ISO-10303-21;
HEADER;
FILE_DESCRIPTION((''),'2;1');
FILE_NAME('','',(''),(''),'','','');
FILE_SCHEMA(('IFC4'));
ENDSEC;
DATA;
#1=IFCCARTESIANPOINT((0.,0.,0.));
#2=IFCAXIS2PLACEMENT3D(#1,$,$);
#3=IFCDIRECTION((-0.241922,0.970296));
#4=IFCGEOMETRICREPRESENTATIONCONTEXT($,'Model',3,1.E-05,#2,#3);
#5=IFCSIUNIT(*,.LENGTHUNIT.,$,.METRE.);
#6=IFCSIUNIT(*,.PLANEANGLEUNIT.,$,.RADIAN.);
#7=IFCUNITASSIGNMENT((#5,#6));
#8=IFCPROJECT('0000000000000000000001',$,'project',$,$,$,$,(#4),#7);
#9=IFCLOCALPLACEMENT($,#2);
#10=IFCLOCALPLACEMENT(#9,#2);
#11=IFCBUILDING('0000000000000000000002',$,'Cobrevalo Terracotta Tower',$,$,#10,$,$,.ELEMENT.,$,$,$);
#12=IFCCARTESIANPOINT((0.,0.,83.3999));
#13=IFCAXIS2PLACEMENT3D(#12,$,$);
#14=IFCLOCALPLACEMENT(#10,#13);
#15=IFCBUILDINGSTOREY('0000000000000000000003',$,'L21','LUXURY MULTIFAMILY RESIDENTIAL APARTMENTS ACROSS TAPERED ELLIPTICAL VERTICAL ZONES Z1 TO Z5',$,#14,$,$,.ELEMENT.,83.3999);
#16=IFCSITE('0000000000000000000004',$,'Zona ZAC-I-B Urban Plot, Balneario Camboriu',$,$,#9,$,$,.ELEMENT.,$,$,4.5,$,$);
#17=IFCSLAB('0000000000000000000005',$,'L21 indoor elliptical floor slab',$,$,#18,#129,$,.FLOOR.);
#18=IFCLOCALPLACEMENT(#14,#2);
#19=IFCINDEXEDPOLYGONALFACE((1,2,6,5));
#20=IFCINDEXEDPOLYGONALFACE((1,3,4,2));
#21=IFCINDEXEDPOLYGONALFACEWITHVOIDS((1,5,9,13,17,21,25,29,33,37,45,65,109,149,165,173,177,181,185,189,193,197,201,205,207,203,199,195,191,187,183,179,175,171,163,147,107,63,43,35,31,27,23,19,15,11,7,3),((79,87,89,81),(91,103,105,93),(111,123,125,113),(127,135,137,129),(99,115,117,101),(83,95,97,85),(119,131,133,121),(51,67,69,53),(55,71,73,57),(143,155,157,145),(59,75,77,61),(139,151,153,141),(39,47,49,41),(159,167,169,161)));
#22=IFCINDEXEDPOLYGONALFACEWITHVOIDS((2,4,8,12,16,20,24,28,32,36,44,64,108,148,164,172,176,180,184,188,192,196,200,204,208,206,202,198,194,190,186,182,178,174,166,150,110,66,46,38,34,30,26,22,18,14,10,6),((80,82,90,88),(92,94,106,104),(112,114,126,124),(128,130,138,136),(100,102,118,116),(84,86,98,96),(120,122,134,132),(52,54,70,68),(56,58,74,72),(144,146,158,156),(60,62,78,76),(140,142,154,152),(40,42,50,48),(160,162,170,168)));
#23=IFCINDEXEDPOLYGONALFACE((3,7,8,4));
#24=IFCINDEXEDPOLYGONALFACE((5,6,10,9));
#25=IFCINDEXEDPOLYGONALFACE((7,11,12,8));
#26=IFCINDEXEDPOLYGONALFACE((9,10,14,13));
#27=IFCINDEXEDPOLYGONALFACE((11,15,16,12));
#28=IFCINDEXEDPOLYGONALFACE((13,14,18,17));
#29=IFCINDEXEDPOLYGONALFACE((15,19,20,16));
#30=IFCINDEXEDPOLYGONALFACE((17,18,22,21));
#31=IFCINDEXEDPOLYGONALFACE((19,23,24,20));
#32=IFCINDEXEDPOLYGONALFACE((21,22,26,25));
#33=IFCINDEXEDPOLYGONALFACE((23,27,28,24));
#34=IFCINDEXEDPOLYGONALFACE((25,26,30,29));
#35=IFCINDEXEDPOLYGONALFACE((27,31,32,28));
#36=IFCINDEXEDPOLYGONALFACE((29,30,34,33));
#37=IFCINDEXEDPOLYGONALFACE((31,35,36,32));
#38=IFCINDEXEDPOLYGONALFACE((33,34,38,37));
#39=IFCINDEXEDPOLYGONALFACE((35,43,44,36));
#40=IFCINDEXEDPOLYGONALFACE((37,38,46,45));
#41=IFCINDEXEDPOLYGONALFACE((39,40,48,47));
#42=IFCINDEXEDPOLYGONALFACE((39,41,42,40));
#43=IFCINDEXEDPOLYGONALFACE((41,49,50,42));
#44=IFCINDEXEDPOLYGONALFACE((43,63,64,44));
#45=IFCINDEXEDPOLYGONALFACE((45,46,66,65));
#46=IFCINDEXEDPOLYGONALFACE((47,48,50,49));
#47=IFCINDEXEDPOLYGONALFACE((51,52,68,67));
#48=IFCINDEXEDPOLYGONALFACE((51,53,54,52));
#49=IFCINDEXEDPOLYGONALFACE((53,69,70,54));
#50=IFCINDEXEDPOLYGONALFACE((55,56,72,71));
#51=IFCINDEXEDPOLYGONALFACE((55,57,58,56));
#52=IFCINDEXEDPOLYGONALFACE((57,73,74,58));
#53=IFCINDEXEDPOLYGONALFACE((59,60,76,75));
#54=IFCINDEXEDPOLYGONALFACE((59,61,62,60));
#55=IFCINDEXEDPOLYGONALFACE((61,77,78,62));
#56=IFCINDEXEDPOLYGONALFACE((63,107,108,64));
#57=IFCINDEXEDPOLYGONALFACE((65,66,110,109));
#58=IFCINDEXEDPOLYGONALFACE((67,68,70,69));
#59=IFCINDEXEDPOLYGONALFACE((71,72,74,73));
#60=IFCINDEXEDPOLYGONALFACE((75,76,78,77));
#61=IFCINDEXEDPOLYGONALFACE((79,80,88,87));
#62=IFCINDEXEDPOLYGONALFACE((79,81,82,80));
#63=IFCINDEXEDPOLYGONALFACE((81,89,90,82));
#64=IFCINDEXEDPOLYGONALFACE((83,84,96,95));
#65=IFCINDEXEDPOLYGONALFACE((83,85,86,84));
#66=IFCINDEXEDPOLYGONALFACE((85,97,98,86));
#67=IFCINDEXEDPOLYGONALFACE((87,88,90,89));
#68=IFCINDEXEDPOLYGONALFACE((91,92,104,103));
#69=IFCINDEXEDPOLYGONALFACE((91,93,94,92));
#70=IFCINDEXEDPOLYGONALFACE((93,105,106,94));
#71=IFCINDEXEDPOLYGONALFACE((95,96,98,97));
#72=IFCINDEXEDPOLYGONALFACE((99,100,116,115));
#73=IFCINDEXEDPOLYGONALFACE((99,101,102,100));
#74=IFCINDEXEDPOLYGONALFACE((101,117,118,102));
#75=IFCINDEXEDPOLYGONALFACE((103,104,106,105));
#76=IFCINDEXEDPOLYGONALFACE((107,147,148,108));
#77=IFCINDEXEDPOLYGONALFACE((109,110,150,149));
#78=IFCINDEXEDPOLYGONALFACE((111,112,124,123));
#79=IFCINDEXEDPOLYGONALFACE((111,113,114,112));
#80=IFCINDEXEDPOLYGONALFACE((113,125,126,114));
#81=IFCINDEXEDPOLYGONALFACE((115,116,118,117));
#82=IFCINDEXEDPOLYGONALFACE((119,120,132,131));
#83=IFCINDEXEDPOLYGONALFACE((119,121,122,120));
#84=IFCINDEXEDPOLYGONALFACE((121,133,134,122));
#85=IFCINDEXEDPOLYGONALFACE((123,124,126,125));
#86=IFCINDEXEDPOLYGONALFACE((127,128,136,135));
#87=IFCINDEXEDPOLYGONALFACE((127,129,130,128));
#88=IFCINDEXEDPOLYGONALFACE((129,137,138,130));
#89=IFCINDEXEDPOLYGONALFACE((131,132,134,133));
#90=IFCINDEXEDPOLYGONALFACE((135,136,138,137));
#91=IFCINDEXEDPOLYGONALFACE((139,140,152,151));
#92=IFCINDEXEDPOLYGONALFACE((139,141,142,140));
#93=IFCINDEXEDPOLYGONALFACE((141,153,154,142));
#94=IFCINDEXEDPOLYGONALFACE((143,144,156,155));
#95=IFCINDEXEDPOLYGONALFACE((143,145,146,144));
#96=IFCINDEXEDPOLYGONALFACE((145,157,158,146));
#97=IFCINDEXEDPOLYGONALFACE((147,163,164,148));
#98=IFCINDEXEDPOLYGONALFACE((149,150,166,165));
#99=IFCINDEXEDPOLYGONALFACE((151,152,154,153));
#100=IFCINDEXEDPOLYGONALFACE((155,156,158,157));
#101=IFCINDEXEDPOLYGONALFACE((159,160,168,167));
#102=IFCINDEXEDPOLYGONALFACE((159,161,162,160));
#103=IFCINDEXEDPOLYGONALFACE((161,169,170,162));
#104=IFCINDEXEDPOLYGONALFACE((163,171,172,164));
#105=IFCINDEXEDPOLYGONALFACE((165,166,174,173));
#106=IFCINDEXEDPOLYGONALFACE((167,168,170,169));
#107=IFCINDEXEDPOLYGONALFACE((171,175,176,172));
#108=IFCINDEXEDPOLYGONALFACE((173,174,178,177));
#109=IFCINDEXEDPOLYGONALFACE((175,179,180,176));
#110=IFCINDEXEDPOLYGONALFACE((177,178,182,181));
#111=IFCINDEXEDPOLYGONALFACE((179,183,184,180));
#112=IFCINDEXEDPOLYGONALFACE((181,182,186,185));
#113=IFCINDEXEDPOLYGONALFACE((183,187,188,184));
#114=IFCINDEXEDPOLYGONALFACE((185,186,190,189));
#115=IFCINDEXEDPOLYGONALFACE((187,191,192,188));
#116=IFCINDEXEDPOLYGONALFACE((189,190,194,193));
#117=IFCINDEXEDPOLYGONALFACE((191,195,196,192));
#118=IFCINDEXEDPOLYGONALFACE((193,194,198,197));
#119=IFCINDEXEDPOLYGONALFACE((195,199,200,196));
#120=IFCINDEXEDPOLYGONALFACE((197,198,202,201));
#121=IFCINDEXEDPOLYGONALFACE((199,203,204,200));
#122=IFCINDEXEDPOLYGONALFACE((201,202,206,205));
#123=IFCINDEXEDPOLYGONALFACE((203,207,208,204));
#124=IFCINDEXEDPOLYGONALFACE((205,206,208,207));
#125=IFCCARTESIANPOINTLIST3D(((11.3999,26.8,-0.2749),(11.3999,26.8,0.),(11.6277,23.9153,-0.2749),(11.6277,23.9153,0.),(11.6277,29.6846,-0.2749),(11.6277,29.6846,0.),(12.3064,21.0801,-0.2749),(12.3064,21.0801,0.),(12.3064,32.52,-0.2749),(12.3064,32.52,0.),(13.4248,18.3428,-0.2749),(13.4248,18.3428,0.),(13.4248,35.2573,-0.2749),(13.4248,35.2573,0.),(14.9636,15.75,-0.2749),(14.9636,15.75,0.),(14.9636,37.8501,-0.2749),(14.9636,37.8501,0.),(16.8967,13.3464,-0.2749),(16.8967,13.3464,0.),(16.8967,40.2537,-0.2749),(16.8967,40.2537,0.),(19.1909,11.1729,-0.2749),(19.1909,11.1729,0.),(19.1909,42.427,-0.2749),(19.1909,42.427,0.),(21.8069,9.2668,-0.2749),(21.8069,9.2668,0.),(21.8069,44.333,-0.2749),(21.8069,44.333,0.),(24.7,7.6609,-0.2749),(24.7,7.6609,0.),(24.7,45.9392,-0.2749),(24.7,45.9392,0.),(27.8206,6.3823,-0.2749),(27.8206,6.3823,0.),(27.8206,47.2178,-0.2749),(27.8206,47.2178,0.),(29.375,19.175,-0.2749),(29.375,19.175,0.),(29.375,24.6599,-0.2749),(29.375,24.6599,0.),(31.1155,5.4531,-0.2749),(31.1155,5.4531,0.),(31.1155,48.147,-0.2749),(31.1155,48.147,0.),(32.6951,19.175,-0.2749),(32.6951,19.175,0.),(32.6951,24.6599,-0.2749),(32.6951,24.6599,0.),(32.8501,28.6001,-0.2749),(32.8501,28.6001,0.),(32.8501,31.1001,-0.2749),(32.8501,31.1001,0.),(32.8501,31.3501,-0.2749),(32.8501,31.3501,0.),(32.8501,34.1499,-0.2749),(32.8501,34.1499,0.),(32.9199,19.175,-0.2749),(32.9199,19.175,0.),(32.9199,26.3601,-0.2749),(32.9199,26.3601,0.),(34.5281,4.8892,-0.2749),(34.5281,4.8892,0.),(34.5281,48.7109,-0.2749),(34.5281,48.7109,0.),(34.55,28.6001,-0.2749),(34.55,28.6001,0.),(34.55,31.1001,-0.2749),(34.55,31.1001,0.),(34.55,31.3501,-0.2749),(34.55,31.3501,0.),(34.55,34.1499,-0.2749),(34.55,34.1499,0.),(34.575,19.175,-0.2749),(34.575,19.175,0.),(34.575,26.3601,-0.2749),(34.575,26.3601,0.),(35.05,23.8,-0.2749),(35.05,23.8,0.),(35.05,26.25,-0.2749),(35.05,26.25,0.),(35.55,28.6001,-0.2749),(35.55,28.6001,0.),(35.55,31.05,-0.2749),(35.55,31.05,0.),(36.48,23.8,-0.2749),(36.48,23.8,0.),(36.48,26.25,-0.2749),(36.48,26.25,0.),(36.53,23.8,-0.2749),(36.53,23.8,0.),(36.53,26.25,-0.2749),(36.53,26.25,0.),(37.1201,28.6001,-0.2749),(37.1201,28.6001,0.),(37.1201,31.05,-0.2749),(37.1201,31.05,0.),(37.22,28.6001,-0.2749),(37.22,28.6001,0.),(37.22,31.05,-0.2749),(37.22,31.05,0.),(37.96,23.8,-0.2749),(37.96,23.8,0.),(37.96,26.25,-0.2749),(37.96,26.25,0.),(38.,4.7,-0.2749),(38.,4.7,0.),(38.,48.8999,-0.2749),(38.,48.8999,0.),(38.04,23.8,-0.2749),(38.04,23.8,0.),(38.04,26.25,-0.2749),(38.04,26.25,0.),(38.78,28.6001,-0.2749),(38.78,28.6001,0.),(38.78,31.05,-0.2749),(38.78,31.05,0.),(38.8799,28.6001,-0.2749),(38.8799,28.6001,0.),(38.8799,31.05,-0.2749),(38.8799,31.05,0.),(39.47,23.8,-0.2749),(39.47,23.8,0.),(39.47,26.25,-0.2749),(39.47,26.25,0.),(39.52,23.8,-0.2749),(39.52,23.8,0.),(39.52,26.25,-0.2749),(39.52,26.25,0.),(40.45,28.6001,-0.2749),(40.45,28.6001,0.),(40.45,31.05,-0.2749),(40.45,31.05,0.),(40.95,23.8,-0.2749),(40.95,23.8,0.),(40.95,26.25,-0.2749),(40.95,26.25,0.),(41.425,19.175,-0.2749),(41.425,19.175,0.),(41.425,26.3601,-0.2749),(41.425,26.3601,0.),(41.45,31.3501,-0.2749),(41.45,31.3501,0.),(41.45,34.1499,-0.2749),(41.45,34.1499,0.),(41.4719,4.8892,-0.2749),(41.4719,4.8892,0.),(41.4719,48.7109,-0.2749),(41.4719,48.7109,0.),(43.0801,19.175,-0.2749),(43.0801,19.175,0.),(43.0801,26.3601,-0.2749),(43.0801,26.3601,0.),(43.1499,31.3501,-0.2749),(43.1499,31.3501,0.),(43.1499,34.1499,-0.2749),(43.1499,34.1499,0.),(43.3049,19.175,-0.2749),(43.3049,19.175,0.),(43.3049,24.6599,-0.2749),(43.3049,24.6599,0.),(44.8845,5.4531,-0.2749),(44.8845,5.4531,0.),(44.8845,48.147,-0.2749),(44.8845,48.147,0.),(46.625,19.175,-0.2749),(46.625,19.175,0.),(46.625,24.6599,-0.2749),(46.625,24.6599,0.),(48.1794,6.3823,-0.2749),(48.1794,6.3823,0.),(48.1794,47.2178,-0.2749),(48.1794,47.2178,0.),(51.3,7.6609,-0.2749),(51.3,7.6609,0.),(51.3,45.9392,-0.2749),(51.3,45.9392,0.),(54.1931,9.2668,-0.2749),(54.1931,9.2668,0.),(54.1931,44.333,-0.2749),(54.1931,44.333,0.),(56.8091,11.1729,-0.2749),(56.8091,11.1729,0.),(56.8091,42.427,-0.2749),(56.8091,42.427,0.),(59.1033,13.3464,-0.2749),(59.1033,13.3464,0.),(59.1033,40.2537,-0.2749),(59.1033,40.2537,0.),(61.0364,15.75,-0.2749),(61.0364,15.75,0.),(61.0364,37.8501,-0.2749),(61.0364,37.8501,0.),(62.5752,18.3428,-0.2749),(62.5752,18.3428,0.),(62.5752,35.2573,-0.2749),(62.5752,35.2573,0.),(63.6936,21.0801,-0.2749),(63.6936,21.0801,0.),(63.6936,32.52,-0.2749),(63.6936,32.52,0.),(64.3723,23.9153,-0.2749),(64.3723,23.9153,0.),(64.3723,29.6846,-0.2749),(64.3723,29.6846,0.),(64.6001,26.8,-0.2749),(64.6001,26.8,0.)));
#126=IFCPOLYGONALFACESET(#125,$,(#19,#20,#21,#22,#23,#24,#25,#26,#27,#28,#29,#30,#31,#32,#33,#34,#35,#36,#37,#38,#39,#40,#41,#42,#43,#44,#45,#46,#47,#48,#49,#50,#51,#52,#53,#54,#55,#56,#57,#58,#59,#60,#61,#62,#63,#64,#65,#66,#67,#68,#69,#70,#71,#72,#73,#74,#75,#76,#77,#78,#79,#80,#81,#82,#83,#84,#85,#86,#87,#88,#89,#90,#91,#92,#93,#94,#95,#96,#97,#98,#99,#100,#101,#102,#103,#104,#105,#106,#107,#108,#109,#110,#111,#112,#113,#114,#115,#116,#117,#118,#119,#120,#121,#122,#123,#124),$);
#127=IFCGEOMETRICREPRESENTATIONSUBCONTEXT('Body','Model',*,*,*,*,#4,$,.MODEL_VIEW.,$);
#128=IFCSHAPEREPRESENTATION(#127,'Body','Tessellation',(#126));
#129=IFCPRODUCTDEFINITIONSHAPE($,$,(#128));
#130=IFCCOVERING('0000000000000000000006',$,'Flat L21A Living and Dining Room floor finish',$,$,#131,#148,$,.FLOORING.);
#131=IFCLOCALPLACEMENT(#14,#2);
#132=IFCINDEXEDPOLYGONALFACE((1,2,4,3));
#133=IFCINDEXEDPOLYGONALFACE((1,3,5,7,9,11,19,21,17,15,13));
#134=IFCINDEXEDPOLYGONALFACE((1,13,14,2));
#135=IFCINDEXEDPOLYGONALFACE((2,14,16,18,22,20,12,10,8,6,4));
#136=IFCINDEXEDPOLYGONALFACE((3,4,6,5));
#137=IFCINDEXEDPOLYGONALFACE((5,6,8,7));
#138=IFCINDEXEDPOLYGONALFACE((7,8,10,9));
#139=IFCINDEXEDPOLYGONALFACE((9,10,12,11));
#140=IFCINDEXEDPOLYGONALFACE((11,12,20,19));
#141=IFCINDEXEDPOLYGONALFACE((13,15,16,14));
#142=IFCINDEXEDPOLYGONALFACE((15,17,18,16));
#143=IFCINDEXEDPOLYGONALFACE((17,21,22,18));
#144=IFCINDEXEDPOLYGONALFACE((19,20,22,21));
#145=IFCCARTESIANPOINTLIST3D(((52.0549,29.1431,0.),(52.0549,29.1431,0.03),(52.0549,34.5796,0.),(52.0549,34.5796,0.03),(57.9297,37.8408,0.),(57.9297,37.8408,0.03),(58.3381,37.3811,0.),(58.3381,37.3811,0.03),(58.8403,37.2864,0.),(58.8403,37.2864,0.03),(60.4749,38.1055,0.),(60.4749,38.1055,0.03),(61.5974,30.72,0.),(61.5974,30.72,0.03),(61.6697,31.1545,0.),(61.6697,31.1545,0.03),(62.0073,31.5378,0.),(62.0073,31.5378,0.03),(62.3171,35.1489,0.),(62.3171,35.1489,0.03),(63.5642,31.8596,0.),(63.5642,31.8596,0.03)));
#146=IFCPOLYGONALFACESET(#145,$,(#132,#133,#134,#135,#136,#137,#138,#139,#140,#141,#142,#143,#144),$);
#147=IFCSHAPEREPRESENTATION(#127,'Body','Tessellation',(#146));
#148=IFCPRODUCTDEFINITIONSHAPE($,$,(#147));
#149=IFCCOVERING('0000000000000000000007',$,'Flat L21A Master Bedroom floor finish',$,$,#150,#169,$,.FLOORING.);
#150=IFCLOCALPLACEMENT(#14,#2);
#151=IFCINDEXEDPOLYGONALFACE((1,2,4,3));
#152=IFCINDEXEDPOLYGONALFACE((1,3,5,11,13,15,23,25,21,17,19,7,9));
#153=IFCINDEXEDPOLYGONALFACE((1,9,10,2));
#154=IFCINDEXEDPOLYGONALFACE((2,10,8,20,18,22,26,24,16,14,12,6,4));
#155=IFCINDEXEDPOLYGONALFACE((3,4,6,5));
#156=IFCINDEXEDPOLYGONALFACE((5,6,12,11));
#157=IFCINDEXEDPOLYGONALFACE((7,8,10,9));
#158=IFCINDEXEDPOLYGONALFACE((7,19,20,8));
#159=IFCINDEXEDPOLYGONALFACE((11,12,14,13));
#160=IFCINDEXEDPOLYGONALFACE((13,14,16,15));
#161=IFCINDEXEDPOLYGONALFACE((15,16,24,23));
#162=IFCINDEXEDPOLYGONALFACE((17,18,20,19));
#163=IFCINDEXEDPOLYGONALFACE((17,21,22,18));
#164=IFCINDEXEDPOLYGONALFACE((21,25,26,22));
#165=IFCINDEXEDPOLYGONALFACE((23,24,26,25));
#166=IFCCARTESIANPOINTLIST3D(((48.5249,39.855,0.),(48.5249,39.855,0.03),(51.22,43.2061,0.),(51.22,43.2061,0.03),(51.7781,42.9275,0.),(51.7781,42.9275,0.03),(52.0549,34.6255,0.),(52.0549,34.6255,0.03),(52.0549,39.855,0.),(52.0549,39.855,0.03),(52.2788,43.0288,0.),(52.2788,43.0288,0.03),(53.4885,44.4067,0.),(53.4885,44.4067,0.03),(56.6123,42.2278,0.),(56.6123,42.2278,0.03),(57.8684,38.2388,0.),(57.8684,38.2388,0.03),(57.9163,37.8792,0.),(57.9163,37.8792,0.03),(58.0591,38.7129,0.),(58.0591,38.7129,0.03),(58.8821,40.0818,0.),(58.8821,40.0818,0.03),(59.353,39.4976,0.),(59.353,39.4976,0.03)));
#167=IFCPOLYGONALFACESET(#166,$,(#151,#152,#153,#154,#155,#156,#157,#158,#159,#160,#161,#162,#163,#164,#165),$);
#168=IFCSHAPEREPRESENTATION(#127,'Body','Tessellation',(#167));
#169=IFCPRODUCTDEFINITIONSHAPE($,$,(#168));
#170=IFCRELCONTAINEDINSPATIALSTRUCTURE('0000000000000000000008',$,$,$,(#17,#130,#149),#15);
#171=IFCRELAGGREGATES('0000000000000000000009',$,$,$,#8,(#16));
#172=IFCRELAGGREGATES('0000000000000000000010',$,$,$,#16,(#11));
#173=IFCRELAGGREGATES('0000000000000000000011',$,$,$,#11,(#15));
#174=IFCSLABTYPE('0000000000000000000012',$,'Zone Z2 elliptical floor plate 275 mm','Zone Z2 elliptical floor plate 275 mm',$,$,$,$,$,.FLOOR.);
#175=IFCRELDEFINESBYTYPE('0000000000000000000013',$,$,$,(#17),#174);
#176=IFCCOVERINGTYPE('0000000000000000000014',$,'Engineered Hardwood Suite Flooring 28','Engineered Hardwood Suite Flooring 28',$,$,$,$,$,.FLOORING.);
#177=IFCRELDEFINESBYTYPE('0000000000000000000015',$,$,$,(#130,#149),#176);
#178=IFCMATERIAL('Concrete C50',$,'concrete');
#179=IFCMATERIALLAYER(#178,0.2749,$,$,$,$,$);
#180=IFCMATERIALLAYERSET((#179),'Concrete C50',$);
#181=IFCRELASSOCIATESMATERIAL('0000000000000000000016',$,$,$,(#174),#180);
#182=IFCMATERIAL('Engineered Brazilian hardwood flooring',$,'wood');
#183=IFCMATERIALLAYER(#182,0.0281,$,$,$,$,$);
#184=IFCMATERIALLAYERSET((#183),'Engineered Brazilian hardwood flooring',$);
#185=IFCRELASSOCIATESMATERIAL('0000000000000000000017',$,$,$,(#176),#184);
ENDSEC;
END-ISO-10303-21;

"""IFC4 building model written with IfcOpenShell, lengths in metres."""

from ifc_helpers import new_model, si_unit, direction, frame, origin, place, context, subcontext, project, spatial, polyline, outline, extrude, material, layer, layer_set, type_object, element, save


model = new_model("IFC4")

# Units and contexts
model_context = context("Model", 3, precision=1e-05, world=origin(), true_north=direction((-0.241922, 0.970296)))
body_context = subcontext(model_context, "Body", "Model", "MODEL_VIEW")
ifc_project = project(units=[si_unit("LENGTHUNIT", "METRE"), si_unit("PLANEANGLEUNIT", "RADIAN")], contexts=[model_context])

# Site, building, storey
site_placement = place(None, origin())
site = spatial("IfcSite", under=ifc_project, at=site_placement, Name="Zona ZAC-I-B Urban Plot, Balneario Camboriu", CompositionType="ELEMENT", RefElevation=4.5)
building_placement = place(site_placement, origin())
building = spatial("IfcBuilding", under=site, at=building_placement, Name="Cobrevalo Terracotta Tower", CompositionType="ELEMENT")
storey_placement = place(building_placement, frame((0.0, 0.0, 83.3999)))
storey = spatial("IfcBuildingStorey", under=building, at=storey_placement, Name="L21", Description="LUXURY MULTIFAMILY RESIDENTIAL APARTMENTS ACROSS TAPERED ELLIPTICAL VERTICAL ZONES Z1 TO Z5", CompositionType="ELEMENT", Elevation=83.3999)

# Shared definitions
ifc_material_1 = material(Name="Concrete C50", Category="concrete")

# Slab
ifc_layer_1 = layer(ifc_material_1, 0.2749)
ifc_layer_set_1 = layer_set([ifc_layer_1], Name="Concrete C50")
slab_type_1 = type_object("IfcSlabType", Name="Zone Z2 elliptical floor plate 275 mm", Description="Zone Z2 elliptical floor plate 275 mm", PredefinedType="FLOOR", material=ifc_layer_set_1)
slab_1_placement = place(storey_placement, frame((0.0, 0.0, -0.2749)))
element("IfcSlab", 1, at=slab_1_placement, inside=storey, type_object=slab_type_1, Name="L21 indoor elliptical floor slab", PredefinedType="FLOOR", context=body_context, shape_type="SweptSolid", body=[
    extrude(outline(polyline([(64.3723, 23.9153), (63.6936, 21.0801), (62.5752, 18.3428), (61.0364, 15.75), (59.1033, 13.3464), (56.8091, 11.1729), (54.1931, 9.2668), (51.3, 7.6609), (48.1794, 6.3823), (44.8845, 5.4531), (41.4719, 4.8892), (38.0, 4.7), (34.5281, 4.8892), (31.1155, 5.4531), (27.8206, 6.3823), (24.7, 7.6609), (21.8069, 9.2668), (19.1909, 11.1729), (16.8967, 13.3464), (14.9636, 15.75), (13.4248, 18.3428), (12.3064, 21.0801), (11.6277, 23.9153), (11.3999, 26.8), (11.6277, 29.6846), (12.3064, 32.52), (13.4248, 35.2573), (14.9636, 37.8501), (16.8967, 40.2537), (19.1909, 42.427), (21.8069, 44.333), (24.7, 45.9392), (27.8206, 47.2178), (31.1155, 48.147), (34.5281, 48.7109), (38.0, 48.8999), (41.4719, 48.7109), (44.8845, 48.147), (48.1794, 47.2178), (51.3, 45.9392), (54.1931, 44.333), (56.8091, 42.427), (59.1033, 40.2537), (61.0364, 37.8501), (62.5752, 35.2573), (63.6936, 32.52), (64.3723, 29.6846), (64.6001, 26.8), (64.3723, 23.9153)]), holes=[polyline([(32.6951, 19.175), (32.6951, 24.6599), (29.375, 24.6599), (29.375, 19.175), (32.6951, 19.175)]), polyline([(34.575, 19.175), (34.575, 26.3601), (32.9199, 26.3601), (32.9199, 19.175), (34.575, 19.175)]), polyline([(36.48, 23.8), (36.48, 26.25), (35.05, 26.25), (35.05, 23.8), (36.48, 23.8)]), polyline([(37.96, 23.8), (37.96, 26.25), (36.53, 26.25), (36.53, 23.8), (37.96, 23.8)]), polyline([(37.1201, 28.6001), (37.1201, 31.05), (35.55, 31.05), (35.55, 28.6001), (37.1201, 28.6001)]), polyline([(34.55, 28.6001), (34.55, 31.1001), (32.8501, 31.1001), (32.8501, 28.6001), (34.55, 28.6001)]), polyline([(34.55, 31.3501), (34.55, 34.1499), (32.8501, 34.1499), (32.8501, 31.3501), (34.55, 31.3501)]), polyline([(46.625, 19.175), (46.625, 24.6599), (43.3049, 24.6599), (43.3049, 19.175), (46.625, 19.175)]), polyline([(43.0801, 19.175), (43.0801, 26.3601), (41.425, 26.3601), (41.425, 19.175), (43.0801, 19.175)]), polyline([(39.47, 23.8), (39.47, 26.25), (38.04, 26.25), (38.04, 23.8), (39.47, 23.8)]), polyline([(40.95, 23.8), (40.95, 26.25), (39.52, 26.25), (39.52, 23.8), (40.95, 23.8)]), polyline([(38.78, 28.6001), (38.78, 31.05), (37.22, 31.05), (37.22, 28.6001), (38.78, 28.6001)]), polyline([(40.45, 28.6001), (40.45, 31.05), (38.8799, 31.05), (38.8799, 28.6001), (40.45, 28.6001)]), polyline([(43.1499, 31.3501), (43.1499, 34.1499), (41.45, 34.1499), (41.45, 31.3501), (43.1499, 31.3501)])]), origin(), (0.0, 0.0, 1.0), 0.2749),
])

# Coverings
ifc_material_2 = material(Name="Engineered Brazilian hardwood flooring", Category="wood")
ifc_layer_2 = layer(ifc_material_2, 0.0281)
ifc_layer_set_2 = layer_set([ifc_layer_2], Name="Engineered Brazilian hardwood flooring")
covering_type_1 = type_object("IfcCoveringType", Name="Engineered Hardwood Suite Flooring 28", Description="Engineered Hardwood Suite Flooring 28", PredefinedType="FLOORING", material=ifc_layer_set_2)
covering_1_placement = place(storey_placement, origin())
element("IfcCovering", 2, at=covering_1_placement, inside=storey, type_object=covering_type_1, Name="Flat L21A Living and Dining Room floor finish", PredefinedType="FLOORING", context=body_context, shape_type="SweptSolid", body=[
    extrude(outline(polyline([(62.3171, 35.1489), (63.5642, 31.8596), (62.0073, 31.5378), (61.6697, 31.1545), (61.5974, 30.72), (52.0549, 29.1431), (52.0549, 34.5796), (57.9297, 37.8408), (58.3381, 37.3811), (58.8403, 37.2864), (60.4749, 38.1055), (62.3171, 35.1489)])), origin(), (0.0, 0.0, 1.0), 0.03),
])
covering_2_placement = place(storey_placement, origin())
element("IfcCovering", 3, at=covering_2_placement, inside=storey, type_object=covering_type_1, Name="Flat L21A Master Bedroom floor finish", PredefinedType="FLOORING", context=body_context, shape_type="SweptSolid", body=[
    extrude(outline(polyline([(56.6123, 42.2278), (58.8821, 40.0818), (59.353, 39.4976), (58.0591, 38.7129), (57.8684, 38.2388), (57.9163, 37.8792), (52.0549, 34.6255), (52.0549, 39.855), (48.5249, 39.855), (51.22, 43.2061), (51.7781, 42.9275), (52.2788, 43.0288), (53.4885, 44.4067), (56.6123, 42.2278)])), origin(), (0.0, 0.0, 1.0), 0.03),
])

save(model, "model.ifc")
